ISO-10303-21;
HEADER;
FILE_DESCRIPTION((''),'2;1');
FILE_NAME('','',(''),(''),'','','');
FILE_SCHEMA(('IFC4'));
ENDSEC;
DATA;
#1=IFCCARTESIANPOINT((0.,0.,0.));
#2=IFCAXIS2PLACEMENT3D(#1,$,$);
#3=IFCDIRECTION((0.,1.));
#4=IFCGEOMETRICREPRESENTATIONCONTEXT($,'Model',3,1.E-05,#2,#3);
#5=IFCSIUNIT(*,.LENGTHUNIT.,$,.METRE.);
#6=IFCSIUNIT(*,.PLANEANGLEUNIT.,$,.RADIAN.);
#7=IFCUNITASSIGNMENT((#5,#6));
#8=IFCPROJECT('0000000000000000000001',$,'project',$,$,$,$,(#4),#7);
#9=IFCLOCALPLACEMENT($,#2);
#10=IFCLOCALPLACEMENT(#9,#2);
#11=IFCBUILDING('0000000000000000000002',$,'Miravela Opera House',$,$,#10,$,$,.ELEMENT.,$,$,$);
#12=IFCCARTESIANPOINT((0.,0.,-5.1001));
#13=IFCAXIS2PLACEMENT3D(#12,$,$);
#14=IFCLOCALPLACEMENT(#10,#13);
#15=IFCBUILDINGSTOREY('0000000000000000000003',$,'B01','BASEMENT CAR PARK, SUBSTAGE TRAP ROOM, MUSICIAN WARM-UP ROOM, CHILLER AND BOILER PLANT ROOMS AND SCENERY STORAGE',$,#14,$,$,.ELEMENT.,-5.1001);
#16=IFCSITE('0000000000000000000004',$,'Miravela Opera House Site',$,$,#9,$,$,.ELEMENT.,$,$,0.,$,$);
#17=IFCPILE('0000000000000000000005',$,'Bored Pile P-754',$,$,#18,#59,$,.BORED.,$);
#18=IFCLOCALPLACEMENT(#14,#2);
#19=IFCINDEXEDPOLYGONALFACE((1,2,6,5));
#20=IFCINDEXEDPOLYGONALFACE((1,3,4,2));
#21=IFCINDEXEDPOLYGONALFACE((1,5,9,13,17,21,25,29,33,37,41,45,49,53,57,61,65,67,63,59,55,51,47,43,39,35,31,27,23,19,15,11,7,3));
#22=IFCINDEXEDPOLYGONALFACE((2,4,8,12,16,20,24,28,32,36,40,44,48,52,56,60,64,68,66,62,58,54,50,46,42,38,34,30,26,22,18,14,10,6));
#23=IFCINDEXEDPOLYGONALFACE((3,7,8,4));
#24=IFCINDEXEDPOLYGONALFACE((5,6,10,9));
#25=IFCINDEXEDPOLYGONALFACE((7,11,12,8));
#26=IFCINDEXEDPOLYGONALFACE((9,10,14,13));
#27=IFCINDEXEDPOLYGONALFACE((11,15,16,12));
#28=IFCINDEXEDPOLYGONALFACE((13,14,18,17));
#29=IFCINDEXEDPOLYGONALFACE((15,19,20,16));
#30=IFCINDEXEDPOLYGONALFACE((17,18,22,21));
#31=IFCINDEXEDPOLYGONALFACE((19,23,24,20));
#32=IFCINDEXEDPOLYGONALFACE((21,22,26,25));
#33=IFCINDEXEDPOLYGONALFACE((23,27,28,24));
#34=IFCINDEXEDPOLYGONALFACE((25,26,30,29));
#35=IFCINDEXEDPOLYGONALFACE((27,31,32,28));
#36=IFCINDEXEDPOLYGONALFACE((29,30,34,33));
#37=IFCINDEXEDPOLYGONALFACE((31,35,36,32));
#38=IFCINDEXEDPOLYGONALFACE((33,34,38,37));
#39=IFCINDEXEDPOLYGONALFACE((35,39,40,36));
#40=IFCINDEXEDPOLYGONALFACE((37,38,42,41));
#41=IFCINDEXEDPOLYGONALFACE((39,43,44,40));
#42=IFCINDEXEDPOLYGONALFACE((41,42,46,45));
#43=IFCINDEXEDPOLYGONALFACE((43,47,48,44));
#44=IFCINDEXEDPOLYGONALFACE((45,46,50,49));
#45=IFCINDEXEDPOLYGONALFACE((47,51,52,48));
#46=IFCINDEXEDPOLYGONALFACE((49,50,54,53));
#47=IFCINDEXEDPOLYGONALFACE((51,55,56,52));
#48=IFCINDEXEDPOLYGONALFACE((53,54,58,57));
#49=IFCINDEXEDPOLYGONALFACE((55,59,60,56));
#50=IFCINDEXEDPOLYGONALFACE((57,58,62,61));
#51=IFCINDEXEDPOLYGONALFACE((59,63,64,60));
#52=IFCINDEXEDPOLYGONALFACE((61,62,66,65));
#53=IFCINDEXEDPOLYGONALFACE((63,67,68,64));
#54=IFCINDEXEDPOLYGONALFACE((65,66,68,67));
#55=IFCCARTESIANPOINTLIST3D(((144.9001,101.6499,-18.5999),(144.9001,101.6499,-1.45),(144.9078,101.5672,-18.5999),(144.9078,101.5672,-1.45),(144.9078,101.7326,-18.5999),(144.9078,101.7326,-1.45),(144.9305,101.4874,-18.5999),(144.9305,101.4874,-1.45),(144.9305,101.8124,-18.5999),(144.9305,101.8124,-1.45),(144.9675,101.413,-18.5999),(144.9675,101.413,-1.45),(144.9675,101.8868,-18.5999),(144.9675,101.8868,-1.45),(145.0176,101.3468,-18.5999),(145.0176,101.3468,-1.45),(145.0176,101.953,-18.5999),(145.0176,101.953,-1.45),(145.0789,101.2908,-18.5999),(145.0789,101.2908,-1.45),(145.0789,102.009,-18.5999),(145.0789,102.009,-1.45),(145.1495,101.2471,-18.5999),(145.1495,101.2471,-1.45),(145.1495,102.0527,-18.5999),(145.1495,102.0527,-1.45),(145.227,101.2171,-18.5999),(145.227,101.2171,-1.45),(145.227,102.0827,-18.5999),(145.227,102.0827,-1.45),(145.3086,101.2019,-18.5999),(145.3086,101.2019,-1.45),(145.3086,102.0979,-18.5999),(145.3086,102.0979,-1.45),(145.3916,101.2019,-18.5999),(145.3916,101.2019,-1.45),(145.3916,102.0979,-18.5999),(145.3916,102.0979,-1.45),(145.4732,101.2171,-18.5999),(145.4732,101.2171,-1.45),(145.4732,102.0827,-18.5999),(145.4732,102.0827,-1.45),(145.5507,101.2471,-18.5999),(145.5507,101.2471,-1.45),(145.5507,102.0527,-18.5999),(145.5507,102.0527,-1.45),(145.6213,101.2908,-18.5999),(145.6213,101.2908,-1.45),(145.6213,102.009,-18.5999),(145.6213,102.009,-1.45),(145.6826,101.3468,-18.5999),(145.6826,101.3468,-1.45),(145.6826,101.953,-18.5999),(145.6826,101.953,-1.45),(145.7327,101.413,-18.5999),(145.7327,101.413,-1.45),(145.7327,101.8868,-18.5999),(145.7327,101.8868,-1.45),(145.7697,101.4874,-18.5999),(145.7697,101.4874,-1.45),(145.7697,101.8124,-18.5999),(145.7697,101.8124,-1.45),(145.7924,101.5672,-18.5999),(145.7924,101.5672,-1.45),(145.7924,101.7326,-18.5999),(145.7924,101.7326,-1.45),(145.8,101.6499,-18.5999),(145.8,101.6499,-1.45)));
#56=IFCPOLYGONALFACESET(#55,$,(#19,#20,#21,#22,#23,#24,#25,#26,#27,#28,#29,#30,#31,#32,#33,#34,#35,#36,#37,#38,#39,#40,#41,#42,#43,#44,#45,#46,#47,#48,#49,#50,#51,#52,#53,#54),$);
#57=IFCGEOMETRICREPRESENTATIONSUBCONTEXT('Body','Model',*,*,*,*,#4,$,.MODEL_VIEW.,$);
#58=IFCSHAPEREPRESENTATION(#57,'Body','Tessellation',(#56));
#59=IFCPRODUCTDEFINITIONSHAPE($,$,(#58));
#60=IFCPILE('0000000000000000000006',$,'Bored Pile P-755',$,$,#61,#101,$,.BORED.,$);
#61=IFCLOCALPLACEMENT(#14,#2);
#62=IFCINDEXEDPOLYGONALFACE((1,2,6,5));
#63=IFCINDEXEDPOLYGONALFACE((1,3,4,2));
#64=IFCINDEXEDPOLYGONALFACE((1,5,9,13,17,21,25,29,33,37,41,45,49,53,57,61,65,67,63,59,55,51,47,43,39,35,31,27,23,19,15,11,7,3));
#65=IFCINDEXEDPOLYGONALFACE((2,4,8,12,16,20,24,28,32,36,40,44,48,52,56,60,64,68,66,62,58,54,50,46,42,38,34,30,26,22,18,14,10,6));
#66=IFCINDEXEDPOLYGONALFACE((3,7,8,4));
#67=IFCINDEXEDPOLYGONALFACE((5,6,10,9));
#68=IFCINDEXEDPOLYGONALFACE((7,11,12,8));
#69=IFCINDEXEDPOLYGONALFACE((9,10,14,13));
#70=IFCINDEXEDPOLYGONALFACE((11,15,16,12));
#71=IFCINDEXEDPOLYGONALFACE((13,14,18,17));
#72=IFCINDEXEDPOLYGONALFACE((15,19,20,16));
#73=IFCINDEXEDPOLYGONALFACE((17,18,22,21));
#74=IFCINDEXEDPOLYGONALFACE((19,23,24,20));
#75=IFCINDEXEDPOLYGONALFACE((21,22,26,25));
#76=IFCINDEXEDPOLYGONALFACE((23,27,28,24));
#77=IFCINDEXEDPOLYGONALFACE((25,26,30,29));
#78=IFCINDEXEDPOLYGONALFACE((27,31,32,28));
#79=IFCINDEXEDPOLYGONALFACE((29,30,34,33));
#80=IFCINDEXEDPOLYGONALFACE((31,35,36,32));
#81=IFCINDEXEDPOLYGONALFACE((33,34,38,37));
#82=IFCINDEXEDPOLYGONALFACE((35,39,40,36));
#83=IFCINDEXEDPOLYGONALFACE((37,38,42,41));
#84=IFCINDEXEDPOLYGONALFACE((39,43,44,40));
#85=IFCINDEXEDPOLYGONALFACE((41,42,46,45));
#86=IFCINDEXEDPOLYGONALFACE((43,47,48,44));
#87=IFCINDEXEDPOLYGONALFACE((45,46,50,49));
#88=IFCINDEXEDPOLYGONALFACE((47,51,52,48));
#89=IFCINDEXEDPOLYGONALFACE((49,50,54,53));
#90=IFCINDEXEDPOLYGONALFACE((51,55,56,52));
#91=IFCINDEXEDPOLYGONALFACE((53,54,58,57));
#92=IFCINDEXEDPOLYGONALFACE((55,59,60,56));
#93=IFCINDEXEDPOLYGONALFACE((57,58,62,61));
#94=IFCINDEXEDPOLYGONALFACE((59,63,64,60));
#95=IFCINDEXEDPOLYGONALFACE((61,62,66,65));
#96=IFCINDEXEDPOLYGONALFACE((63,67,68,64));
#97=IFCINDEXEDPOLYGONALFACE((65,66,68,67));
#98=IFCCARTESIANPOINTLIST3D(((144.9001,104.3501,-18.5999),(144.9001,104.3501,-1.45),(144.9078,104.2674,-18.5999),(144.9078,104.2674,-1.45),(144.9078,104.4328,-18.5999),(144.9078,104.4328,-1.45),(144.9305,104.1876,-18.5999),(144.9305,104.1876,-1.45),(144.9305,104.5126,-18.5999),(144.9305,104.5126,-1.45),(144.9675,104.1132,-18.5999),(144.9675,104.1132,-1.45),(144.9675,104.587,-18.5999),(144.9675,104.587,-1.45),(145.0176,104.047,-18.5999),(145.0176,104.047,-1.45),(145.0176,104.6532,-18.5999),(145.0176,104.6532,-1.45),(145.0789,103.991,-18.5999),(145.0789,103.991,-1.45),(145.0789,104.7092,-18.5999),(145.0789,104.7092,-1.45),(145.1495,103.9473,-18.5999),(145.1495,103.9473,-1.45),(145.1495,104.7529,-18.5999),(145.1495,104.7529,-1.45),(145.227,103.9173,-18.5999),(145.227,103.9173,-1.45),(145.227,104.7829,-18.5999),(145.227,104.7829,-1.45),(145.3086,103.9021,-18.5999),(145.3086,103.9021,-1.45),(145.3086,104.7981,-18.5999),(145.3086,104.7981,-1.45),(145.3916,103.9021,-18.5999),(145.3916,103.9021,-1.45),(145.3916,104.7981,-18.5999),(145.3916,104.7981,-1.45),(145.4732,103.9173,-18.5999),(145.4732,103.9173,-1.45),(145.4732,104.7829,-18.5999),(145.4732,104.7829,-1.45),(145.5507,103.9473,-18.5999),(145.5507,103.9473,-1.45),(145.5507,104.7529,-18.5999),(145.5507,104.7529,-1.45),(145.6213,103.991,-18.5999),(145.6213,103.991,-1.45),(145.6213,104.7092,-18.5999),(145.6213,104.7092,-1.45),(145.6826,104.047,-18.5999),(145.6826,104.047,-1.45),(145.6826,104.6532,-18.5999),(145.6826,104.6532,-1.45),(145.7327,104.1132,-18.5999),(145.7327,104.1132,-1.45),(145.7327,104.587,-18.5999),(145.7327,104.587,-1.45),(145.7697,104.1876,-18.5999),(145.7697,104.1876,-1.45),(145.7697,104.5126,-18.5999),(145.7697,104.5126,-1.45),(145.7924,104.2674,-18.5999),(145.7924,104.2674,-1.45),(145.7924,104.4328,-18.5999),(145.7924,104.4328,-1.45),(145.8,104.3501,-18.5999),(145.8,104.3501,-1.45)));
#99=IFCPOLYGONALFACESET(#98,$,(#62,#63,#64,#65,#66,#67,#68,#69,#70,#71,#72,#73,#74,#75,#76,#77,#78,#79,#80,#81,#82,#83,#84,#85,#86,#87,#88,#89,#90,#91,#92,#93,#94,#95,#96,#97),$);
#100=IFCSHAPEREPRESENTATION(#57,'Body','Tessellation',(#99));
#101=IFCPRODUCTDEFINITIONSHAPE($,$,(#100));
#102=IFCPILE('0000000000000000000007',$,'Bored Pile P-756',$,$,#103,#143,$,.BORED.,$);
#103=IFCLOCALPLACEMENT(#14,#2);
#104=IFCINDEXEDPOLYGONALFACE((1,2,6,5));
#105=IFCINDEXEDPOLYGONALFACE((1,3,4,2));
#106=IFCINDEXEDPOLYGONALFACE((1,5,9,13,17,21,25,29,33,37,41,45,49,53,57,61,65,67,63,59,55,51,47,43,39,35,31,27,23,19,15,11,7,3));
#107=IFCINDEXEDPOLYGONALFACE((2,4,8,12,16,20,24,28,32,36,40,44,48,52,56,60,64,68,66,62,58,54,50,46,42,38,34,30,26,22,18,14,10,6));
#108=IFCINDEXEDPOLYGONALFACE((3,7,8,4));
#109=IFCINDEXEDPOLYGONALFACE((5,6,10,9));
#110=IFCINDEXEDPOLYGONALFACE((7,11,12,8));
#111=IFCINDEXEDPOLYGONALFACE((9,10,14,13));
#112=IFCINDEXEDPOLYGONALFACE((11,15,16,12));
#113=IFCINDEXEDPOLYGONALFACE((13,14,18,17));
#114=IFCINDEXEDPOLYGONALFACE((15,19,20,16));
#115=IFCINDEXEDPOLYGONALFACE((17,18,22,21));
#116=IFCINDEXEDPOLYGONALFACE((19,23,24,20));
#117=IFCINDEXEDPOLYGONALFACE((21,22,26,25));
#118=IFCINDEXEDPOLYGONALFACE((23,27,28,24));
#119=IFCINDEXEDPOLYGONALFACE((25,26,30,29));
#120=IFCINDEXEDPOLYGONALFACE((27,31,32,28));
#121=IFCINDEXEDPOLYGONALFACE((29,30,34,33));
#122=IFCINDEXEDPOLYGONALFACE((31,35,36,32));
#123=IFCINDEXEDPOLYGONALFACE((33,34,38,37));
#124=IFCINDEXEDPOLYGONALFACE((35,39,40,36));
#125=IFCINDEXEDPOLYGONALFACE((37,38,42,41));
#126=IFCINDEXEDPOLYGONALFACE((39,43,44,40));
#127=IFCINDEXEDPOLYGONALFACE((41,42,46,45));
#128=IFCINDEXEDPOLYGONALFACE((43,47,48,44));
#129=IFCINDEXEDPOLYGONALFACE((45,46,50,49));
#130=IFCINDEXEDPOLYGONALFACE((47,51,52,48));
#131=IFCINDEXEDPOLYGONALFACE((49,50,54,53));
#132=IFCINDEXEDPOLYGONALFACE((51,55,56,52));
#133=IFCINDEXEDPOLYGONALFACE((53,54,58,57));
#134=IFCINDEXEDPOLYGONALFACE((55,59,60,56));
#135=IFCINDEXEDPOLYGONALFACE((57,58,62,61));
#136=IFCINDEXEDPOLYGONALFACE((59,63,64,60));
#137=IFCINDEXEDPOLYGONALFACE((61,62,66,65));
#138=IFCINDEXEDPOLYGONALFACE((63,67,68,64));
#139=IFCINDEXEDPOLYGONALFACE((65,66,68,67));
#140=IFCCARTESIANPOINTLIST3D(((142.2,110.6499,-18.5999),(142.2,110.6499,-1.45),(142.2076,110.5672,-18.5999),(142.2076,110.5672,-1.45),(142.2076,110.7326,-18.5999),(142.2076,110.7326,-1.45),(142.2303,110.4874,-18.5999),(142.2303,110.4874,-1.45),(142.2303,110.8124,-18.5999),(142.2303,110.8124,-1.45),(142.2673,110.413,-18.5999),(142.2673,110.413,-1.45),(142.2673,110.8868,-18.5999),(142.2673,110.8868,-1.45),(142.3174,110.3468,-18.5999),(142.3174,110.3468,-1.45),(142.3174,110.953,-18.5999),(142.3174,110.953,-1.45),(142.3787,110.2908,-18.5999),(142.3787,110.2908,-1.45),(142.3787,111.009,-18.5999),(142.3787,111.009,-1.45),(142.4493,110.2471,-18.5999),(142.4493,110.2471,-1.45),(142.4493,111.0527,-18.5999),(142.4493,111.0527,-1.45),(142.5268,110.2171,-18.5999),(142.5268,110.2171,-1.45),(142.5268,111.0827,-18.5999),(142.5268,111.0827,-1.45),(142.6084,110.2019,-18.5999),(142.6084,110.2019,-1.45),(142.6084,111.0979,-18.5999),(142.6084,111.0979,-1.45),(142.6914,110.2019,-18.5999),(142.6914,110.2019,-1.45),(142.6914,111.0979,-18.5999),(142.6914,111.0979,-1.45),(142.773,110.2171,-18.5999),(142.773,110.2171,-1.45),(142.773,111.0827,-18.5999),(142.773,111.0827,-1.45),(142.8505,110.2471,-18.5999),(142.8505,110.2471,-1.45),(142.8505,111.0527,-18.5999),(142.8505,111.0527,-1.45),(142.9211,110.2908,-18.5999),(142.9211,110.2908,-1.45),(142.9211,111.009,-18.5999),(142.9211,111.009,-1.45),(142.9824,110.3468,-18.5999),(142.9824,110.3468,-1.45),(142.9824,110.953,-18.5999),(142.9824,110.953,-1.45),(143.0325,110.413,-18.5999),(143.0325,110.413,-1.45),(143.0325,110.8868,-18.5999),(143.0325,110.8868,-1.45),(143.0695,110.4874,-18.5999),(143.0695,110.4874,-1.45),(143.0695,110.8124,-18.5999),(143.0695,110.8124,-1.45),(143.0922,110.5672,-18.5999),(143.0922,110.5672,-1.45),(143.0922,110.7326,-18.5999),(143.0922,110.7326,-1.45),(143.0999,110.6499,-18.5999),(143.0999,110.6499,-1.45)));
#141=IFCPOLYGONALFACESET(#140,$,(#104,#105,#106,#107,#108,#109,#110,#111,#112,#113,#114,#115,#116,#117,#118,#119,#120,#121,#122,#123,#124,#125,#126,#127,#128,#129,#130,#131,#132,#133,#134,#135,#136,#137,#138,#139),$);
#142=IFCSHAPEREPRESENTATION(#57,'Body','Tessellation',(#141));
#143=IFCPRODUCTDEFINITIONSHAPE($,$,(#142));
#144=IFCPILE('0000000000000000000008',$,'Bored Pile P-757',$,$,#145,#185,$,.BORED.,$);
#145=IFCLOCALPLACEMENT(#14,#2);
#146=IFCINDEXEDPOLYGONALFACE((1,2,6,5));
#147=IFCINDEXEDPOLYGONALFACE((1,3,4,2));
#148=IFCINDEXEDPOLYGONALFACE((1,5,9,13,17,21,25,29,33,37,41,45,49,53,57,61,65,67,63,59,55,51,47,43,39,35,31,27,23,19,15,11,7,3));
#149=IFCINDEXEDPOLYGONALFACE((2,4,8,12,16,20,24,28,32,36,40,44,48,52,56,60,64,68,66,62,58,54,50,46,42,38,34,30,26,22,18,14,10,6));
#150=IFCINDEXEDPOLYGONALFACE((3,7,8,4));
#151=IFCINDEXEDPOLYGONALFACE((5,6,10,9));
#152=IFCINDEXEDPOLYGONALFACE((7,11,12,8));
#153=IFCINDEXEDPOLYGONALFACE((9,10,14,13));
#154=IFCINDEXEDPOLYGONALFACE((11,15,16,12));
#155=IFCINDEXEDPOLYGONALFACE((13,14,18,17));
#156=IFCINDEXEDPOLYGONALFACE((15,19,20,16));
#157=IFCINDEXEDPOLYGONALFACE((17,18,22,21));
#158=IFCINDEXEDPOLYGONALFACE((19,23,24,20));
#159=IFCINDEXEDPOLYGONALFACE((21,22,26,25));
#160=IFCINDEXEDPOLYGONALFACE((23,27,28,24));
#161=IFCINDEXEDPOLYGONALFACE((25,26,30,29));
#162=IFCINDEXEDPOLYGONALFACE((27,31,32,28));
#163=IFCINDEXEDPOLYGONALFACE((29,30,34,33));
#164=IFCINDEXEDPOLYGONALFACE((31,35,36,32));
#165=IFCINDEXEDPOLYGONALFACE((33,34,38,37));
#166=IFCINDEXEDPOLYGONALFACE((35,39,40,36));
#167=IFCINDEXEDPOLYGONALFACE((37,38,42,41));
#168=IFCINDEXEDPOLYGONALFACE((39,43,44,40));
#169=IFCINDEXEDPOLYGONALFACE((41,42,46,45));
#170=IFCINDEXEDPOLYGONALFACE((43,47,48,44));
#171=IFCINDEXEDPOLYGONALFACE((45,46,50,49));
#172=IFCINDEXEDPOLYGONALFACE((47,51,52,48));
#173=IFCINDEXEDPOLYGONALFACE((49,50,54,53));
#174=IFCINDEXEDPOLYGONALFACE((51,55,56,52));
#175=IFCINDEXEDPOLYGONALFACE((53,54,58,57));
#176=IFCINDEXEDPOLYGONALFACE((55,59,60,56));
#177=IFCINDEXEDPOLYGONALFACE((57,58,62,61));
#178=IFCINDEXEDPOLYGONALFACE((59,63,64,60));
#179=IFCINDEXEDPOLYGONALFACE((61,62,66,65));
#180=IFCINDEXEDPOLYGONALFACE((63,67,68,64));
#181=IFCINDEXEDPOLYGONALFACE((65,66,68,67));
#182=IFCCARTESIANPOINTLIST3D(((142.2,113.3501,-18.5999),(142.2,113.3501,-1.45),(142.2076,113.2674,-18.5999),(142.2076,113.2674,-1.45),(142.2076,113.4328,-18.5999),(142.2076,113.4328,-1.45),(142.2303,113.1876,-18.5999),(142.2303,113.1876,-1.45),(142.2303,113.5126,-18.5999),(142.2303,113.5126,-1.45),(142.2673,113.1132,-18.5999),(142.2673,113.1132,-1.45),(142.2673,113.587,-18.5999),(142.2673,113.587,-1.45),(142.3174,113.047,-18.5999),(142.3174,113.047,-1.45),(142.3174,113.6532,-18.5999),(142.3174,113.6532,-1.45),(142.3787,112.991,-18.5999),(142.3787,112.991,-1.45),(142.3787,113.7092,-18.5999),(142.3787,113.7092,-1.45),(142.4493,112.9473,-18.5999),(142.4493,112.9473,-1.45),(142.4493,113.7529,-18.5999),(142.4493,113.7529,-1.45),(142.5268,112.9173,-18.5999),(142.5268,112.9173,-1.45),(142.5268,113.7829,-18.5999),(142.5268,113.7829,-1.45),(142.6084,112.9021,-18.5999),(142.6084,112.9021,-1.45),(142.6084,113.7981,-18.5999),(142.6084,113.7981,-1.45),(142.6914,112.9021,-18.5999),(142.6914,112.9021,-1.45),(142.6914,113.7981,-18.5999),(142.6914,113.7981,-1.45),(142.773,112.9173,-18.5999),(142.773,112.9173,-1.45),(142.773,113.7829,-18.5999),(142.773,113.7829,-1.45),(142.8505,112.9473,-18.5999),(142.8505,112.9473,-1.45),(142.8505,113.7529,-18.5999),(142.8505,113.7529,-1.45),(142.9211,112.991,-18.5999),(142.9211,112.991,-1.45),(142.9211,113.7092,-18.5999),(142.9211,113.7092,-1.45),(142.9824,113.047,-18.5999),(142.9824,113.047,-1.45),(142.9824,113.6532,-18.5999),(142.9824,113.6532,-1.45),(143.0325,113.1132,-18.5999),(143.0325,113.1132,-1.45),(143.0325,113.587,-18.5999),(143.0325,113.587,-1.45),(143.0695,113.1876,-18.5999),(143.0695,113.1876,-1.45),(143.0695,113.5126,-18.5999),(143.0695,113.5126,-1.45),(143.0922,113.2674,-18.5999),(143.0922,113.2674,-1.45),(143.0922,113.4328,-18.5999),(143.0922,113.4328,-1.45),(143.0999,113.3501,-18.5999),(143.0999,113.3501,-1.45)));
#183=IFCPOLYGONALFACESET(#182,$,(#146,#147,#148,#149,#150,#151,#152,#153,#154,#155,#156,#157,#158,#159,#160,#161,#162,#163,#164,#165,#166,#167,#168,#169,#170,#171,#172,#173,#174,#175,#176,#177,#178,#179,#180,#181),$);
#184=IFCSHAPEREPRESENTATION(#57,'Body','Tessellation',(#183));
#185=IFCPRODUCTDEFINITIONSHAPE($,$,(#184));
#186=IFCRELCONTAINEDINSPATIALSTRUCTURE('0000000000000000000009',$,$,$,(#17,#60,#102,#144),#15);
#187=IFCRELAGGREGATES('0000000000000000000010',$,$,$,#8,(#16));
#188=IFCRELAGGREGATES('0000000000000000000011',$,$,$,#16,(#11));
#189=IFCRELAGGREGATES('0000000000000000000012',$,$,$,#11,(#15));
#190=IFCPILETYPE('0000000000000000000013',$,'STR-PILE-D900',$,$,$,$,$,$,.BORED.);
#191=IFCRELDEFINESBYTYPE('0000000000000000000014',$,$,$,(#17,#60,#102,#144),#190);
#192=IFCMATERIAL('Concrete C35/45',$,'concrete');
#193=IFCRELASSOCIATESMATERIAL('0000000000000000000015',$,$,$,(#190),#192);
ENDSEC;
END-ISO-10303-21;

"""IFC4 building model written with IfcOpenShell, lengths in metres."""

from ifc_helpers import new_model, si_unit, direction, frame, origin, origin_2d, place, context, subcontext, project, spatial, circle, extrude, material, material_profile, profile_set, type_object, element, save


model = new_model("IFC4")

# Units and contexts
model_context = context("Model", 3, precision=1e-05, world=origin(), true_north=direction((0.0, 1.0)))
body_context = subcontext(model_context, "Body", "Model", "MODEL_VIEW")
ifc_project = project(units=[si_unit("LENGTHUNIT", "METRE"), si_unit("PLANEANGLEUNIT", "RADIAN")], contexts=[model_context])

# Site, building, storey
site_placement = place(None, origin())
site = spatial("IfcSite", under=ifc_project, at=site_placement, Name="Miravela Opera House Site", CompositionType="ELEMENT", RefElevation=0.0)
building_placement = place(site_placement, origin())
building = spatial("IfcBuilding", under=site, at=building_placement, Name="Miravela Opera House", CompositionType="ELEMENT")
storey_placement = place(building_placement, frame((0.0, 0.0, -5.1001)))
storey = spatial("IfcBuildingStorey", under=building, at=storey_placement, Name="B01", Description="BASEMENT CAR PARK, SUBSTAGE TRAP ROOM, MUSICIAN WARM-UP ROOM, CHILLER AND BOILER PLANT ROOMS AND SCENERY STORAGE", CompositionType="ELEMENT", Elevation=-5.1001)

# Shared definitions
ifc_material_1 = material(Name="Concrete C35/45", Category="concrete")

# Piles
ifc_material_profile_1 = material_profile(ifc_material_1, circle(Radius=0.45, at=origin_2d()), Name="PILE-D900")
ifc_profile_set_1 = profile_set([ifc_material_profile_1])
pile_type = type_object("IfcPileType", Name="STR-PILE-D900", PredefinedType="BORED", material=ifc_profile_set_1)
for number, where, z_axis, x_axis, name in (
    (1, (145.3501, 101.6499, -1.45), (0.0, 0.0, -1.0), (1.0, 0.0, 0.0), "Bored Pile P-754"),
    (2, (145.3501, 104.3501, -1.45), (0.0, 0.0, -1.0), (1.0, 0.0, 0.0), "Bored Pile P-755"),
    (3, (142.6499, 110.6499, -1.45), (0.0, 0.0, -1.0), (1.0, 0.0, 0.0), "Bored Pile P-756"),
    (4, (142.6499, 113.3501, -1.45), (0.0, 0.0, -1.0), (1.0, 0.0, 0.0), "Bored Pile P-757"),
):
    element("IfcPile", number, at=place(storey_placement, frame(where, z_axis=z_axis, x_axis=x_axis)), inside=storey, type_object=pile_type, Name=name, PredefinedType="BORED", context=body_context, shape_type="SweptSolid", body=[
        extrude(circle(Radius=0.45, at=origin_2d()), origin(), (0.0, 0.0, 1.0), 17.1499),
    ])

save(model, "model.ifc")
